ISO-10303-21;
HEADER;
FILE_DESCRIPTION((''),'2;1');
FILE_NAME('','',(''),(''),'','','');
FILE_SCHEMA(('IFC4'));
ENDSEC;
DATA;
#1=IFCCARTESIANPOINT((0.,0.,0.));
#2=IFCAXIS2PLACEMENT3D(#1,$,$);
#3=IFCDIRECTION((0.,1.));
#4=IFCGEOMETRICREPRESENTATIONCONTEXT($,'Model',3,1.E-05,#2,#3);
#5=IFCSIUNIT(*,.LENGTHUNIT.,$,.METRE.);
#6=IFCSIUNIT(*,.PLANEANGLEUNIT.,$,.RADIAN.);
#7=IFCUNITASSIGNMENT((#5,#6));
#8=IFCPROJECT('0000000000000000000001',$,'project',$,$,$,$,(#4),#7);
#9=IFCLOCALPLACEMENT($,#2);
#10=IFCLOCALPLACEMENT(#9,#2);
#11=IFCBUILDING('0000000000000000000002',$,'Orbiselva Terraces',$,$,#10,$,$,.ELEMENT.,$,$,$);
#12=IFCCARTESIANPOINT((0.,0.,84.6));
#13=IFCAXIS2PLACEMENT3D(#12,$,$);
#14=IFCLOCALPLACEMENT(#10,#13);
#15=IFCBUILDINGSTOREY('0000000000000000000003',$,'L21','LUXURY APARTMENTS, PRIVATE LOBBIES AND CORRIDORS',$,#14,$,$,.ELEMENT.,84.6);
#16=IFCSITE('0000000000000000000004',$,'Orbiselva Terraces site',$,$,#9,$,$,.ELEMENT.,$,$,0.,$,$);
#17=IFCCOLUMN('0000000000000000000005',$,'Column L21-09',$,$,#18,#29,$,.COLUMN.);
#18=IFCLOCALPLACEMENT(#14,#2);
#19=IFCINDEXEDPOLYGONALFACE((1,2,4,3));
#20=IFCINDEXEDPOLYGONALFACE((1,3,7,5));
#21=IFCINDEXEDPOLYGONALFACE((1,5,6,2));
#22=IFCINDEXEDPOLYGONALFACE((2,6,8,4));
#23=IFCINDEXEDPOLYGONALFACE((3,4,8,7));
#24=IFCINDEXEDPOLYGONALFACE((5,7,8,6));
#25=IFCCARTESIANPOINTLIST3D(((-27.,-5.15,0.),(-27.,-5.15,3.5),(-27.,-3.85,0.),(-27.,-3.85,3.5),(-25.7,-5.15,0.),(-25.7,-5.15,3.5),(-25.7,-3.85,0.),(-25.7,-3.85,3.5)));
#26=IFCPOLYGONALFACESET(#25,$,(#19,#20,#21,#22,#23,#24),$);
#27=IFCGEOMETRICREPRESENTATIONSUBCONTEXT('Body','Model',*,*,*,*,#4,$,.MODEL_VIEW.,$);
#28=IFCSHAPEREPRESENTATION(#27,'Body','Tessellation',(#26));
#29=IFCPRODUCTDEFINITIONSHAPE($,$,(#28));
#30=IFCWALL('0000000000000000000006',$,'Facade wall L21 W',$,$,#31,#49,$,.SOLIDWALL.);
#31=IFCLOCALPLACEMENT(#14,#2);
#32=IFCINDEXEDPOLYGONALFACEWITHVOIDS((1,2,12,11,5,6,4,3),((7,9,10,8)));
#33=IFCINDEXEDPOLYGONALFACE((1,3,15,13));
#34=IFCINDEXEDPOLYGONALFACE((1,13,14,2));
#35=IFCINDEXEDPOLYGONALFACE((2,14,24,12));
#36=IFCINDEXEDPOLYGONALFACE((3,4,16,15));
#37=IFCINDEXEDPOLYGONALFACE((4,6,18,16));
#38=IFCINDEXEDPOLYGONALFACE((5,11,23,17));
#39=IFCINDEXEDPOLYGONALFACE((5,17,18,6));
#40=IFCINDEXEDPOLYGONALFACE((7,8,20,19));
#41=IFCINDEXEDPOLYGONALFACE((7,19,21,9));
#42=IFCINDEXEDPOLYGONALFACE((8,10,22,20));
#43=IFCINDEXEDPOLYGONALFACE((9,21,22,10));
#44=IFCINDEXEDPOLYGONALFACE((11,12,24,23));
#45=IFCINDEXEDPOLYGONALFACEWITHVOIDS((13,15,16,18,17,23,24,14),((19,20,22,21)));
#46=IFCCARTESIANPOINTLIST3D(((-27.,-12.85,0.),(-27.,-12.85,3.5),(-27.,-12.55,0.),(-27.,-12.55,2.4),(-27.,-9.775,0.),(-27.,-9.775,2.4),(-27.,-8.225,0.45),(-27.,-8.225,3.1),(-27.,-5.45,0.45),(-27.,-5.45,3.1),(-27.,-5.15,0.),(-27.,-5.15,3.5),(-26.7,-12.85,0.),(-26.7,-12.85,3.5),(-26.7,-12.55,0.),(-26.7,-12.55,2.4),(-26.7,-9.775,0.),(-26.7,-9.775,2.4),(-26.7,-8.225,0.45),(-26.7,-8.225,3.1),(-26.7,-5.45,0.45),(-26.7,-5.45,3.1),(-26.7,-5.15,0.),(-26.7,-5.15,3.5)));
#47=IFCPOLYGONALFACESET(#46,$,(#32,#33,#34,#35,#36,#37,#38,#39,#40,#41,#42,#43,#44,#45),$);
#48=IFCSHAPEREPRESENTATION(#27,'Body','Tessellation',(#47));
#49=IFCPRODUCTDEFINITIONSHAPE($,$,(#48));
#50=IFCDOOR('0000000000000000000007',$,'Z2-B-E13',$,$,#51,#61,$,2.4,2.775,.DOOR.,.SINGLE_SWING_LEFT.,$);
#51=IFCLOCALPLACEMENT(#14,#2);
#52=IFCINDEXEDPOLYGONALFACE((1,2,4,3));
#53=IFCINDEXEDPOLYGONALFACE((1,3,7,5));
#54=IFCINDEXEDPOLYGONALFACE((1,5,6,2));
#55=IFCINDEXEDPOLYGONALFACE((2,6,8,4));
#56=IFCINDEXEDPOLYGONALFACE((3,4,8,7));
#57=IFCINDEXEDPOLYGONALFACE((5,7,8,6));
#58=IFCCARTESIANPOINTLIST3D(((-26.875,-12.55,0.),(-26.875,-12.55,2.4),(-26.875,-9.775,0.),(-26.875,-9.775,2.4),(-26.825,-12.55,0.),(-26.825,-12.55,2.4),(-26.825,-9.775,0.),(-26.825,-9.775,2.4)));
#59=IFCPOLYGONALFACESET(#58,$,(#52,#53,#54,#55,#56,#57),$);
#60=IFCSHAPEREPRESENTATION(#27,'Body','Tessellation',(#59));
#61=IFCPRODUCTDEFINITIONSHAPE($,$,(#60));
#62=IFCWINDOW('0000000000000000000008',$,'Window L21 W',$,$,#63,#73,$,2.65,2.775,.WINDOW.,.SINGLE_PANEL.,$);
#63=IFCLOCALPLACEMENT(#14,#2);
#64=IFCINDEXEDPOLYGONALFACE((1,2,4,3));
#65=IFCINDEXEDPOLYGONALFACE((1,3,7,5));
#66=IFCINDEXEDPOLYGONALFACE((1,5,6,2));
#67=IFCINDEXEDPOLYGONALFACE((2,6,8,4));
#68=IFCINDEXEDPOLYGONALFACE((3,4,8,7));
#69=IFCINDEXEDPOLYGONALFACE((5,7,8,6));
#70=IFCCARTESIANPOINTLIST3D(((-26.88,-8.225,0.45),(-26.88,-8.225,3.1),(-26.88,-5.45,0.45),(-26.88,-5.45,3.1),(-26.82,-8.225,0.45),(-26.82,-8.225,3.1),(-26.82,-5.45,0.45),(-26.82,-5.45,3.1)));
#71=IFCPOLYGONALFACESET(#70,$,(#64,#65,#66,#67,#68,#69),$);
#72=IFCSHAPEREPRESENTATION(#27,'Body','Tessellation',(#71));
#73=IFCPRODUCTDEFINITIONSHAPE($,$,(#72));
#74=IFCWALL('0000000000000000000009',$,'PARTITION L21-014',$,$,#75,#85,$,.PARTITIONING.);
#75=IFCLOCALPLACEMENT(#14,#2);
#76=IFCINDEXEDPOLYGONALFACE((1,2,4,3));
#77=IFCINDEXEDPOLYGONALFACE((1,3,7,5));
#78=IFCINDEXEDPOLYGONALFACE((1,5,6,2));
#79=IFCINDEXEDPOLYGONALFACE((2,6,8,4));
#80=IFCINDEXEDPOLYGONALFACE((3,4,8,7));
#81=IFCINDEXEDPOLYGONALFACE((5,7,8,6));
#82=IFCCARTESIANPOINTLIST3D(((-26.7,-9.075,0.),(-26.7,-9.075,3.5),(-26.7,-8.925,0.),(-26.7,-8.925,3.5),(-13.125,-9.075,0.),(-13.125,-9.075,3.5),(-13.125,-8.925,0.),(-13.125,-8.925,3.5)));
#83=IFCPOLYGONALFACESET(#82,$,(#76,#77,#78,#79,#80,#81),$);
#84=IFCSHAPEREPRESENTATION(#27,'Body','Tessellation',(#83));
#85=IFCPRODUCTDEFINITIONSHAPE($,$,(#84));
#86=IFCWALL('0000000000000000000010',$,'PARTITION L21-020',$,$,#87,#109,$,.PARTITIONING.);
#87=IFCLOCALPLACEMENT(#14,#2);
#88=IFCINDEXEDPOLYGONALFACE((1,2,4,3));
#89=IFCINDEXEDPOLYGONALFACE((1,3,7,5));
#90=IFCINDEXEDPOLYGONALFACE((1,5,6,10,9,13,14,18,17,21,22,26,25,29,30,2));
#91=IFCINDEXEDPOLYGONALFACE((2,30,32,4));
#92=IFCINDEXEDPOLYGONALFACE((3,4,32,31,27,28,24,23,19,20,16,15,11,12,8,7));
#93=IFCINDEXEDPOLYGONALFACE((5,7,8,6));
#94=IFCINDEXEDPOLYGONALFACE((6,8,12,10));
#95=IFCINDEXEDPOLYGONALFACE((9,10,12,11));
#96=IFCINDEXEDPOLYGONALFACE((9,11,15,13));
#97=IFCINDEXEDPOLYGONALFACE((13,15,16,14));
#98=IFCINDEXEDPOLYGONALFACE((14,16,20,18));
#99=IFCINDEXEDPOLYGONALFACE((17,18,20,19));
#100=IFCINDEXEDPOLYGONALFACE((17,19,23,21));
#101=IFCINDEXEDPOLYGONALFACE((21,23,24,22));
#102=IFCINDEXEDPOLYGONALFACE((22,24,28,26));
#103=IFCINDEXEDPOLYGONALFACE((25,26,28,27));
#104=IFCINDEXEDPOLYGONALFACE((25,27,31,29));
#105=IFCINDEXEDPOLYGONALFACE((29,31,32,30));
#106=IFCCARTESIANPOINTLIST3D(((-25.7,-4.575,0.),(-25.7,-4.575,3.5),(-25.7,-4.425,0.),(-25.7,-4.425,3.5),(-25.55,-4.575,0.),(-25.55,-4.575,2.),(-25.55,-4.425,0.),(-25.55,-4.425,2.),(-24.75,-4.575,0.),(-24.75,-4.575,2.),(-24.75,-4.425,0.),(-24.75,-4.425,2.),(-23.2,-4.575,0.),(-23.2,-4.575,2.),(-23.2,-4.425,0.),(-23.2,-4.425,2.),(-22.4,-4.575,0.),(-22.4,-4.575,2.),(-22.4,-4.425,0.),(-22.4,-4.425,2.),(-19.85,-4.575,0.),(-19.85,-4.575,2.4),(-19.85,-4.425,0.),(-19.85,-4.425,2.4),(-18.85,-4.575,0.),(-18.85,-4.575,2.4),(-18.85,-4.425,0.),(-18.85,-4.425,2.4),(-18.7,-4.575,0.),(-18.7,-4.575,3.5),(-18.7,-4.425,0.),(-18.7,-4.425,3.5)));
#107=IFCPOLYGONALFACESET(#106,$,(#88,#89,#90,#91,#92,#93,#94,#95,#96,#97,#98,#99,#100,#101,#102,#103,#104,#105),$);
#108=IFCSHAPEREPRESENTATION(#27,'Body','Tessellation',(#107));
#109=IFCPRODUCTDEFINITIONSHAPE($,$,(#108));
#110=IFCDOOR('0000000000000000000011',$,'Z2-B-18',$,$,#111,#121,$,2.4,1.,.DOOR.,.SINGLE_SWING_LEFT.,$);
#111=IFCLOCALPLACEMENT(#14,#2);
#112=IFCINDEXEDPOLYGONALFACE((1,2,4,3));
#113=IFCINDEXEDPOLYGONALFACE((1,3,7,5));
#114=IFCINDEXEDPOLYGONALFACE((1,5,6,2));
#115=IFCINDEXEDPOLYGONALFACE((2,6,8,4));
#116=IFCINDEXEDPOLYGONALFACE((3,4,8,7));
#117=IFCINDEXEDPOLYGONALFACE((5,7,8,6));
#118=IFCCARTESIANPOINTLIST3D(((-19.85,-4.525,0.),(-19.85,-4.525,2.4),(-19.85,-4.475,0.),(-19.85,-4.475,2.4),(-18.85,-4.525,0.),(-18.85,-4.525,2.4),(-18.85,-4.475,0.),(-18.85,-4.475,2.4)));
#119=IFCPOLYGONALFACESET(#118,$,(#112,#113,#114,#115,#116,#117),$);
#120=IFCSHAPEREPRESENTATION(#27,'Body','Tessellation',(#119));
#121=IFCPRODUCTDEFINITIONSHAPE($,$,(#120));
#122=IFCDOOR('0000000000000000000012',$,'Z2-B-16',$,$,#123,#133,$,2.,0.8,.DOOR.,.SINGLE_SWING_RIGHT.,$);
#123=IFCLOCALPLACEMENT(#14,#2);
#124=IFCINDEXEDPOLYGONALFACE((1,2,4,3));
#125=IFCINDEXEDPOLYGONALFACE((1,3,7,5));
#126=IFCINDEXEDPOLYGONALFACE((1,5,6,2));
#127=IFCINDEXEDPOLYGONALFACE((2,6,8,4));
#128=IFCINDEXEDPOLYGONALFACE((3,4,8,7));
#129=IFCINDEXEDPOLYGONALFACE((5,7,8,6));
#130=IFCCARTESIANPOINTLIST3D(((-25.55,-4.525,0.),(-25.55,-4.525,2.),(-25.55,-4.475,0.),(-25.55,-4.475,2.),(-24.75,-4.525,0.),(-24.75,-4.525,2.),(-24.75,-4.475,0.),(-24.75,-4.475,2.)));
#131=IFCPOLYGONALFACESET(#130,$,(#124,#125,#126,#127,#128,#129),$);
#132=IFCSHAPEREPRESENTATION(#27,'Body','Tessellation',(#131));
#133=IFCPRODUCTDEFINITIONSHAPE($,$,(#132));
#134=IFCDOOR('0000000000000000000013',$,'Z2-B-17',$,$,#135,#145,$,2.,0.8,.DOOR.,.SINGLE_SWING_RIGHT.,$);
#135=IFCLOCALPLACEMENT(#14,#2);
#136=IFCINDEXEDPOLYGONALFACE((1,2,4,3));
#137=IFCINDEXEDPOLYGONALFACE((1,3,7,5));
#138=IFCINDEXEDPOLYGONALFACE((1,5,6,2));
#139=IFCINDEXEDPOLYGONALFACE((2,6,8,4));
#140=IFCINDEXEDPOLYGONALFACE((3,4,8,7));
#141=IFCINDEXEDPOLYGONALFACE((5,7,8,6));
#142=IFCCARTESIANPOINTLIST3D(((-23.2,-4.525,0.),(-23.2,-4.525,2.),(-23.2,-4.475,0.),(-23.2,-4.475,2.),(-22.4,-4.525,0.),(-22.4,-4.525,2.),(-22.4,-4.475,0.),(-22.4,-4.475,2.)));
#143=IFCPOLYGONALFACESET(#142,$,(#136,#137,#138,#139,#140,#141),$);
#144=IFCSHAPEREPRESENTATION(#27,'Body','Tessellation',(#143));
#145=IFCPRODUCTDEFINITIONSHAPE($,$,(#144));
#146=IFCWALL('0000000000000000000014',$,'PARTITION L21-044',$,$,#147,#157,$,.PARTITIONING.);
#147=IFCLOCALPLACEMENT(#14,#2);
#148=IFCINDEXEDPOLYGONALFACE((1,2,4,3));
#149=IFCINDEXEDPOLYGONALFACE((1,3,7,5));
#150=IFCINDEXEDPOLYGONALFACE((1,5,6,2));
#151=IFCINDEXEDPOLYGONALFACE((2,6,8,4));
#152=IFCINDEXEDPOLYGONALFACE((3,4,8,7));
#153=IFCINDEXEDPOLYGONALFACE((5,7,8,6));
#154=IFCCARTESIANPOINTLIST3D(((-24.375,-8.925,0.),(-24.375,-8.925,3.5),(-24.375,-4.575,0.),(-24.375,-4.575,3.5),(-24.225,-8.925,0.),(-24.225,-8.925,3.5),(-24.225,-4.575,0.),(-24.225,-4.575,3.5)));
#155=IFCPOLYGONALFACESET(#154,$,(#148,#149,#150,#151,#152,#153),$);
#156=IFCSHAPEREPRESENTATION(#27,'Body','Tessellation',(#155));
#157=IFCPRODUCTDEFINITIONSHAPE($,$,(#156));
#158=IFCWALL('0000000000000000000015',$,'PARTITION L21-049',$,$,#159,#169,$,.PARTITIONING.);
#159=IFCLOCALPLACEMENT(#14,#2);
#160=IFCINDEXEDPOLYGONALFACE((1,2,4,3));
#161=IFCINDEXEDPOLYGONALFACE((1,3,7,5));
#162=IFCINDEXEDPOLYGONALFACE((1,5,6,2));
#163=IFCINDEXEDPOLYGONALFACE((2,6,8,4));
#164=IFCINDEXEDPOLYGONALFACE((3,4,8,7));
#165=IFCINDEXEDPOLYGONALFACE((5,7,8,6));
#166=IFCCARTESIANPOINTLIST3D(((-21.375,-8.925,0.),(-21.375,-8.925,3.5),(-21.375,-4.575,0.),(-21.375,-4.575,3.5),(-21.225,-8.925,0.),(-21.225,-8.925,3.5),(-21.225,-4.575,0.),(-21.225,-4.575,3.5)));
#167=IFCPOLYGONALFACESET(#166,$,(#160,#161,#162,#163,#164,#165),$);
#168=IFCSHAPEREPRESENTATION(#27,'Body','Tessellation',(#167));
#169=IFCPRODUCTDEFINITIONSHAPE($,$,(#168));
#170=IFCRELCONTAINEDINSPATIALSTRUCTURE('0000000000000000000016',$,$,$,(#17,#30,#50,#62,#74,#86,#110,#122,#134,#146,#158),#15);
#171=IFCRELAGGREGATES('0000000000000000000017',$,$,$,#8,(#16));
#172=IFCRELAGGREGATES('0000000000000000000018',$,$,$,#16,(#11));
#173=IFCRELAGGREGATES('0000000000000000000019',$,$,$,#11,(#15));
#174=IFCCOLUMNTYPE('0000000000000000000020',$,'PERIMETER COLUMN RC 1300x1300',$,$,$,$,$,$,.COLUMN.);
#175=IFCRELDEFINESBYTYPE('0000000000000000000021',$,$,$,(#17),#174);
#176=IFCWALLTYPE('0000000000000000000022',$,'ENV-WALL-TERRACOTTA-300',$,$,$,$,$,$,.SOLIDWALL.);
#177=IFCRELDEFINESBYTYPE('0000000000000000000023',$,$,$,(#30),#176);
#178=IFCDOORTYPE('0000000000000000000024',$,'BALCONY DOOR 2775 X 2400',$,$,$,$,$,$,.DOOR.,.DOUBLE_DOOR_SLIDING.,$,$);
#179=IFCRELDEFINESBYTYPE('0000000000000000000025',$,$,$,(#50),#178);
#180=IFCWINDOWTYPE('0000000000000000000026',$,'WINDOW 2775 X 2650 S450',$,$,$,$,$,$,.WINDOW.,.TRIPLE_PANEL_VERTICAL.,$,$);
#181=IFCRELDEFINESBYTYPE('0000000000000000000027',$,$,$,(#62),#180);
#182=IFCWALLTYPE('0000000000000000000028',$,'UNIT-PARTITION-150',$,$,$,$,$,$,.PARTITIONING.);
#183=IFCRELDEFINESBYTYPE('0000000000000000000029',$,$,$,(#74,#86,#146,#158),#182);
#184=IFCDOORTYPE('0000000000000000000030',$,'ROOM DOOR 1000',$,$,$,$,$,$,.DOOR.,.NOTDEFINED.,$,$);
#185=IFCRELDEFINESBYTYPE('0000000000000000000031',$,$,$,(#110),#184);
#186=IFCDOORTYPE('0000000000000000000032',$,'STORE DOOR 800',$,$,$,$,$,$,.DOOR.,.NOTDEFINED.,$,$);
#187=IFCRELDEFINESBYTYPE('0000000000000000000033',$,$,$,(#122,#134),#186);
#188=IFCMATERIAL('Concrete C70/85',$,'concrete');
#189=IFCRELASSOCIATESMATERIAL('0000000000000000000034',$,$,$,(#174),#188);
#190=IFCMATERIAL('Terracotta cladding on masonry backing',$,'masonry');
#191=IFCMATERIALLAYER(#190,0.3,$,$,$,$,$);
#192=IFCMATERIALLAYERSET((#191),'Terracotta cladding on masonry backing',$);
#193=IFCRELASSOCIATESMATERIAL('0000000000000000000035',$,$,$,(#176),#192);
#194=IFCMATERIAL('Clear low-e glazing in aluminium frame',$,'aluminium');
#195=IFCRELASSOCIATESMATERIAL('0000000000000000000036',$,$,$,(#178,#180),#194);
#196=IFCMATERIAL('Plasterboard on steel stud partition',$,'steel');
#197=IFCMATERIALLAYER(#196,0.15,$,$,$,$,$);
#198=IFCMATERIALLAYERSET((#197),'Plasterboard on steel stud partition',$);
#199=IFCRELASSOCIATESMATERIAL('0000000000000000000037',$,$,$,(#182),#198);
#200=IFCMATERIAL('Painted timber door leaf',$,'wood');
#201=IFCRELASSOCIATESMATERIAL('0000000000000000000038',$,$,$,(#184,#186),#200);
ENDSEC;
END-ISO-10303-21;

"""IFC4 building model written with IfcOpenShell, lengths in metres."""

from ifc_helpers import new_model, si_unit, direction, frame, frame_2d, origin, origin_2d, place, context, subcontext, project, spatial, rectangle, extrude, material, layer, layer_set, material_profile, profile_set, type_object, element, fill, save


model = new_model("IFC4")

# Units and contexts
model_context = context("Model", 3, precision=1e-05, world=origin(), true_north=direction((0.0, 1.0)))
body_context = subcontext(model_context, "Body", "Model", "MODEL_VIEW")
ifc_project = project(units=[si_unit("LENGTHUNIT", "METRE"), si_unit("PLANEANGLEUNIT", "RADIAN")], contexts=[model_context])

# Site, building, storey
site_placement = place(None, origin())
site = spatial("IfcSite", under=ifc_project, at=site_placement, Name="Orbiselva Terraces site", CompositionType="ELEMENT", RefElevation=0.0)
building_placement = place(site_placement, origin())
building = spatial("IfcBuilding", under=site, at=building_placement, Name="Orbiselva Terraces", CompositionType="ELEMENT")
storey_placement = place(building_placement, frame((0.0, 0.0, 84.6)))
storey = spatial("IfcBuildingStorey", under=building, at=storey_placement, Name="L21", Description="LUXURY APARTMENTS, PRIVATE LOBBIES AND CORRIDORS", CompositionType="ELEMENT", Elevation=84.6)

# Column
ifc_material_1 = material(Name="Concrete C70/85", Category="concrete")
ifc_material_profile = material_profile(ifc_material_1, rectangle(XDim=1.3, YDim=1.3, at=origin_2d()), Name="RC 1300x1300")
ifc_profile_set = profile_set([ifc_material_profile], Name="Concrete C70/85")
column_type = type_object("IfcColumnType", Name="PERIMETER COLUMN RC 1300x1300", PredefinedType="COLUMN", material=ifc_profile_set)
column_placement = place(storey_placement, frame((-26.35, -4.5, 0.0), z_axis=(0.0, 0.0, 1.0), x_axis=(1.0, 0.0, 0.0)))
element("IfcColumn", 1, at=column_placement, inside=storey, type_object=column_type, Name="Column L21-09", PredefinedType="COLUMN", context=body_context, shape_type="SweptSolid", body=[
    extrude(rectangle(XDim=1.3, YDim=1.3, at=origin_2d()), origin(), (0.0, 0.0, 1.0), 3.5),
])

# Wall, openings, door, window
ifc_material_2 = material(Name="Terracotta cladding on masonry backing", Category="masonry")
ifc_layer_1 = layer(ifc_material_2, 0.3)
ifc_layer_set_1 = layer_set([ifc_layer_1], Name="Terracotta cladding on masonry backing")
wall_type_1 = type_object("IfcWallType", Name="ENV-WALL-TERRACOTTA-300", PredefinedType="SOLIDWALL", material=ifc_layer_set_1)
wall_1_placement = place(storey_placement, frame((-26.85, -12.85, 0.0), z_axis=(0.0, 0.0, 1.0), x_axis=(0.0, 1.0, 0.0)))
wall_1 = element("IfcWall", 2, at=wall_1_placement, inside=storey, type_object=wall_type_1, Name="Facade wall L21 W", PredefinedType="SOLIDWALL", context=body_context, shape_type="SweptSolid", body=[
    extrude(rectangle(XDim=7.7, YDim=0.3, at=frame_2d((3.85, 0.0))), origin(), (0.0, 0.0, 1.0), 3.5),
])
opening_1_placement = place(wall_1_placement, frame((4.625, 0.0, 0.45)))
opening_1 = element("IfcOpeningElement", 3, at=opening_1_placement, cuts=wall_1, PredefinedType="OPENING", context=body_context, shape_type="SweptSolid", body=[
    extrude(rectangle(XDim=2.775, YDim=2.65, at=frame_2d((1.3875, 1.325))), frame((0.0, 0.16, 0.0), z_axis=(0.0, -1.0, 0.0), x_axis=(1.0, 0.0, 0.0)), (0.0, 0.0, 1.0), 0.32),
])
opening_2_placement = place(wall_1_placement, frame((0.3, 0.0, 0.0)))
opening_2 = element("IfcOpeningElement", 4, at=opening_2_placement, cuts=wall_1, PredefinedType="OPENING", context=body_context, shape_type="SweptSolid", body=[
    extrude(rectangle(XDim=2.775, YDim=2.4, at=frame_2d((1.3875, 1.2))), frame((0.0, 0.16, 0.0), z_axis=(0.0, -1.0, 0.0), x_axis=(1.0, 0.0, 0.0)), (0.0, 0.0, 1.0), 0.32),
])
ifc_material_3 = material(Name="Clear low-e glazing in aluminium frame", Category="aluminium")
door_type_1 = type_object("IfcDoorType", Name="BALCONY DOOR 2775 X 2400", OperationType="DOUBLE_DOOR_SLIDING", PredefinedType="DOOR", material=ifc_material_3)
door_1_placement = place(opening_2_placement, origin())
door_1 = element("IfcDoor", 5, at=door_1_placement, inside=storey, type_object=door_type_1, Name="Z2-B-E13", OperationType="SINGLE_SWING_LEFT", OverallHeight=2.4, OverallWidth=2.775, PredefinedType="DOOR", context=body_context, shape_type="SweptSolid", body=[
    extrude(rectangle(XDim=2.775, YDim=2.4, at=frame_2d((1.3875, 1.2))), frame((0.0, 0.025, 0.0), z_axis=(0.0, -1.0, 0.0), x_axis=(1.0, 0.0, 0.0)), (0.0, 0.0, 1.0), 0.05),
])
fill(opening_2, door_1)
window_type = type_object("IfcWindowType", Name="WINDOW 2775 X 2650 S450", PartitioningType="TRIPLE_PANEL_VERTICAL", PredefinedType="WINDOW", material=ifc_material_3)
window_placement = place(opening_1_placement, origin())
window = element("IfcWindow", 6, at=window_placement, inside=storey, type_object=window_type, Name="Window L21 W", OverallHeight=2.65, OverallWidth=2.775, PartitioningType="SINGLE_PANEL", PredefinedType="WINDOW", context=body_context, shape_type="SweptSolid", body=[
    extrude(rectangle(XDim=2.775, YDim=2.65, at=frame_2d((1.3875, 1.325))), frame((0.0, 0.03, 0.0), z_axis=(0.0, -1.0, 0.0), x_axis=(1.0, 0.0, 0.0)), (0.0, 0.0, 1.0), 0.06),
])
fill(opening_1, window)

# Wall
ifc_material_4 = material(Name="Plasterboard on steel stud partition", Category="steel")
ifc_layer_2 = layer(ifc_material_4, 0.15)
ifc_layer_set_2 = layer_set([ifc_layer_2], Name="Plasterboard on steel stud partition")
wall_type_2 = type_object("IfcWallType", Name="UNIT-PARTITION-150", PredefinedType="PARTITIONING", material=ifc_layer_set_2)
wall_2_placement = place(storey_placement, frame((-26.7, -9.0, 0.0), z_axis=(0.0, 0.0, 1.0), x_axis=(1.0, 0.0, 0.0)))
element("IfcWall", 7, at=wall_2_placement, inside=storey, type_object=wall_type_2, Name="PARTITION L21-014", PredefinedType="PARTITIONING", context=body_context, shape_type="SweptSolid", body=[
    extrude(rectangle(XDim=13.575, YDim=0.15, at=frame_2d((6.7875, 0.0))), origin(), (0.0, 0.0, 1.0), 3.5),
])

# Wall, openings, doors
wall_3_placement = place(storey_placement, frame((-18.7, -4.5, 0.0), z_axis=(0.0, 0.0, 1.0), x_axis=(-1.0, 0.0, 0.0)))
wall_3 = element("IfcWall", 8, at=wall_3_placement, inside=storey, type_object=wall_type_2, Name="PARTITION L21-020", PredefinedType="PARTITIONING", context=body_context, shape_type="SweptSolid", body=[
    extrude(rectangle(XDim=7.0, YDim=0.15, at=frame_2d((3.5, 0.0))), origin(), (0.0, 0.0, 1.0), 3.5),
])
opening_3_placement = place(wall_3_placement, frame((6.05, 0.0, 0.0)))
opening_3 = element("IfcOpeningElement", 9, at=opening_3_placement, cuts=wall_3, PredefinedType="OPENING", context=body_context, shape_type="SweptSolid", body=[
    extrude(rectangle(XDim=0.8, YDim=2.0, at=frame_2d((0.4, 1.0))), frame((0.0, 0.085, 0.0), z_axis=(0.0, -1.0, 0.0), x_axis=(1.0, 0.0, 0.0)), (0.0, 0.0, 1.0), 0.17),
])
opening_4_placement = place(wall_3_placement, frame((3.7, 0.0, 0.0)))
opening_4 = element("IfcOpeningElement", 10, at=opening_4_placement, cuts=wall_3, PredefinedType="OPENING", context=body_context, shape_type="SweptSolid", body=[
    extrude(rectangle(XDim=0.8, YDim=2.0, at=frame_2d((0.4, 1.0))), frame((0.0, 0.085, 0.0), z_axis=(0.0, -1.0, 0.0), x_axis=(1.0, 0.0, 0.0)), (0.0, 0.0, 1.0), 0.17),
])
opening_5_placement = place(wall_3_placement, frame((0.15, 0.0, 0.0)))
opening_5 = element("IfcOpeningElement", 11, at=opening_5_placement, cuts=wall_3, PredefinedType="OPENING", context=body_context, shape_type="SweptSolid", body=[
    extrude(rectangle(XDim=1.0, YDim=2.4, at=frame_2d((0.5, 1.2))), frame((0.0, 0.085, 0.0), z_axis=(0.0, -1.0, 0.0), x_axis=(1.0, 0.0, 0.0)), (0.0, 0.0, 1.0), 0.17),
])
ifc_material_5 = material(Name="Painted timber door leaf", Category="wood")
door_type_2 = type_object("IfcDoorType", Name="ROOM DOOR 1000", OperationType="NOTDEFINED", PredefinedType="DOOR", material=ifc_material_5)
door_2_placement = place(opening_5_placement, origin())
door_2 = element("IfcDoor", 12, at=door_2_placement, inside=storey, type_object=door_type_2, Name="Z2-B-18", OperationType="SINGLE_SWING_LEFT", OverallHeight=2.4, OverallWidth=1.0, PredefinedType="DOOR", context=body_context, shape_type="SweptSolid", body=[
    extrude(rectangle(XDim=1.0, YDim=2.4, at=frame_2d((0.5, 1.2))), frame((0.0, 0.025, 0.0), z_axis=(0.0, -1.0, 0.0), x_axis=(1.0, 0.0, 0.0)), (0.0, 0.0, 1.0), 0.05),
])
fill(opening_5, door_2)
door_type_3 = type_object("IfcDoorType", Name="STORE DOOR 800", OperationType="NOTDEFINED", PredefinedType="DOOR", material=ifc_material_5)
door_3_placement = place(opening_3_placement, origin())
door_3 = element("IfcDoor", 13, at=door_3_placement, inside=storey, type_object=door_type_3, Name="Z2-B-16", OperationType="SINGLE_SWING_RIGHT", OverallHeight=2.0, OverallWidth=0.8, PredefinedType="DOOR", context=body_context, shape_type="SweptSolid", body=[
    extrude(rectangle(XDim=0.8, YDim=2.0, at=frame_2d((0.4, 1.0))), frame((0.0, 0.025, 0.0), z_axis=(0.0, -1.0, 0.0), x_axis=(1.0, 0.0, 0.0)), (0.0, 0.0, 1.0), 0.05),
])
fill(opening_3, door_3)
door_4_placement = place(opening_4_placement, origin())
door_4 = element("IfcDoor", 14, at=door_4_placement, inside=storey, type_object=door_type_3, Name="Z2-B-17", OperationType="SINGLE_SWING_RIGHT", OverallHeight=2.0, OverallWidth=0.8, PredefinedType="DOOR", context=body_context, shape_type="SweptSolid", body=[
    extrude(rectangle(XDim=0.8, YDim=2.0, at=frame_2d((0.4, 1.0))), frame((0.0, 0.025, 0.0), z_axis=(0.0, -1.0, 0.0), x_axis=(1.0, 0.0, 0.0)), (0.0, 0.0, 1.0), 0.05),
])
fill(opening_4, door_4)

# Walls
for number, where, z_axis, x_axis, name in (
    (15, (-24.3, -8.925, 0.0), (0.0, 0.0, 1.0), (0.0, 1.0, 0.0), "PARTITION L21-044"),
    (16, (-21.3, -8.925, 0.0), (0.0, 0.0, 1.0), (0.0, 1.0, 0.0), "PARTITION L21-049"),
):
    element("IfcWall", number, at=place(storey_placement, frame(where, z_axis=z_axis, x_axis=x_axis)), inside=storey, type_object=wall_type_2, Name=name, PredefinedType="PARTITIONING", context=body_context, shape_type="SweptSolid", body=[
        extrude(rectangle(XDim=4.35, YDim=0.15, at=frame_2d((2.175, 0.0))), origin(), (0.0, 0.0, 1.0), 3.5),
    ])

save(model, "model.ifc")
